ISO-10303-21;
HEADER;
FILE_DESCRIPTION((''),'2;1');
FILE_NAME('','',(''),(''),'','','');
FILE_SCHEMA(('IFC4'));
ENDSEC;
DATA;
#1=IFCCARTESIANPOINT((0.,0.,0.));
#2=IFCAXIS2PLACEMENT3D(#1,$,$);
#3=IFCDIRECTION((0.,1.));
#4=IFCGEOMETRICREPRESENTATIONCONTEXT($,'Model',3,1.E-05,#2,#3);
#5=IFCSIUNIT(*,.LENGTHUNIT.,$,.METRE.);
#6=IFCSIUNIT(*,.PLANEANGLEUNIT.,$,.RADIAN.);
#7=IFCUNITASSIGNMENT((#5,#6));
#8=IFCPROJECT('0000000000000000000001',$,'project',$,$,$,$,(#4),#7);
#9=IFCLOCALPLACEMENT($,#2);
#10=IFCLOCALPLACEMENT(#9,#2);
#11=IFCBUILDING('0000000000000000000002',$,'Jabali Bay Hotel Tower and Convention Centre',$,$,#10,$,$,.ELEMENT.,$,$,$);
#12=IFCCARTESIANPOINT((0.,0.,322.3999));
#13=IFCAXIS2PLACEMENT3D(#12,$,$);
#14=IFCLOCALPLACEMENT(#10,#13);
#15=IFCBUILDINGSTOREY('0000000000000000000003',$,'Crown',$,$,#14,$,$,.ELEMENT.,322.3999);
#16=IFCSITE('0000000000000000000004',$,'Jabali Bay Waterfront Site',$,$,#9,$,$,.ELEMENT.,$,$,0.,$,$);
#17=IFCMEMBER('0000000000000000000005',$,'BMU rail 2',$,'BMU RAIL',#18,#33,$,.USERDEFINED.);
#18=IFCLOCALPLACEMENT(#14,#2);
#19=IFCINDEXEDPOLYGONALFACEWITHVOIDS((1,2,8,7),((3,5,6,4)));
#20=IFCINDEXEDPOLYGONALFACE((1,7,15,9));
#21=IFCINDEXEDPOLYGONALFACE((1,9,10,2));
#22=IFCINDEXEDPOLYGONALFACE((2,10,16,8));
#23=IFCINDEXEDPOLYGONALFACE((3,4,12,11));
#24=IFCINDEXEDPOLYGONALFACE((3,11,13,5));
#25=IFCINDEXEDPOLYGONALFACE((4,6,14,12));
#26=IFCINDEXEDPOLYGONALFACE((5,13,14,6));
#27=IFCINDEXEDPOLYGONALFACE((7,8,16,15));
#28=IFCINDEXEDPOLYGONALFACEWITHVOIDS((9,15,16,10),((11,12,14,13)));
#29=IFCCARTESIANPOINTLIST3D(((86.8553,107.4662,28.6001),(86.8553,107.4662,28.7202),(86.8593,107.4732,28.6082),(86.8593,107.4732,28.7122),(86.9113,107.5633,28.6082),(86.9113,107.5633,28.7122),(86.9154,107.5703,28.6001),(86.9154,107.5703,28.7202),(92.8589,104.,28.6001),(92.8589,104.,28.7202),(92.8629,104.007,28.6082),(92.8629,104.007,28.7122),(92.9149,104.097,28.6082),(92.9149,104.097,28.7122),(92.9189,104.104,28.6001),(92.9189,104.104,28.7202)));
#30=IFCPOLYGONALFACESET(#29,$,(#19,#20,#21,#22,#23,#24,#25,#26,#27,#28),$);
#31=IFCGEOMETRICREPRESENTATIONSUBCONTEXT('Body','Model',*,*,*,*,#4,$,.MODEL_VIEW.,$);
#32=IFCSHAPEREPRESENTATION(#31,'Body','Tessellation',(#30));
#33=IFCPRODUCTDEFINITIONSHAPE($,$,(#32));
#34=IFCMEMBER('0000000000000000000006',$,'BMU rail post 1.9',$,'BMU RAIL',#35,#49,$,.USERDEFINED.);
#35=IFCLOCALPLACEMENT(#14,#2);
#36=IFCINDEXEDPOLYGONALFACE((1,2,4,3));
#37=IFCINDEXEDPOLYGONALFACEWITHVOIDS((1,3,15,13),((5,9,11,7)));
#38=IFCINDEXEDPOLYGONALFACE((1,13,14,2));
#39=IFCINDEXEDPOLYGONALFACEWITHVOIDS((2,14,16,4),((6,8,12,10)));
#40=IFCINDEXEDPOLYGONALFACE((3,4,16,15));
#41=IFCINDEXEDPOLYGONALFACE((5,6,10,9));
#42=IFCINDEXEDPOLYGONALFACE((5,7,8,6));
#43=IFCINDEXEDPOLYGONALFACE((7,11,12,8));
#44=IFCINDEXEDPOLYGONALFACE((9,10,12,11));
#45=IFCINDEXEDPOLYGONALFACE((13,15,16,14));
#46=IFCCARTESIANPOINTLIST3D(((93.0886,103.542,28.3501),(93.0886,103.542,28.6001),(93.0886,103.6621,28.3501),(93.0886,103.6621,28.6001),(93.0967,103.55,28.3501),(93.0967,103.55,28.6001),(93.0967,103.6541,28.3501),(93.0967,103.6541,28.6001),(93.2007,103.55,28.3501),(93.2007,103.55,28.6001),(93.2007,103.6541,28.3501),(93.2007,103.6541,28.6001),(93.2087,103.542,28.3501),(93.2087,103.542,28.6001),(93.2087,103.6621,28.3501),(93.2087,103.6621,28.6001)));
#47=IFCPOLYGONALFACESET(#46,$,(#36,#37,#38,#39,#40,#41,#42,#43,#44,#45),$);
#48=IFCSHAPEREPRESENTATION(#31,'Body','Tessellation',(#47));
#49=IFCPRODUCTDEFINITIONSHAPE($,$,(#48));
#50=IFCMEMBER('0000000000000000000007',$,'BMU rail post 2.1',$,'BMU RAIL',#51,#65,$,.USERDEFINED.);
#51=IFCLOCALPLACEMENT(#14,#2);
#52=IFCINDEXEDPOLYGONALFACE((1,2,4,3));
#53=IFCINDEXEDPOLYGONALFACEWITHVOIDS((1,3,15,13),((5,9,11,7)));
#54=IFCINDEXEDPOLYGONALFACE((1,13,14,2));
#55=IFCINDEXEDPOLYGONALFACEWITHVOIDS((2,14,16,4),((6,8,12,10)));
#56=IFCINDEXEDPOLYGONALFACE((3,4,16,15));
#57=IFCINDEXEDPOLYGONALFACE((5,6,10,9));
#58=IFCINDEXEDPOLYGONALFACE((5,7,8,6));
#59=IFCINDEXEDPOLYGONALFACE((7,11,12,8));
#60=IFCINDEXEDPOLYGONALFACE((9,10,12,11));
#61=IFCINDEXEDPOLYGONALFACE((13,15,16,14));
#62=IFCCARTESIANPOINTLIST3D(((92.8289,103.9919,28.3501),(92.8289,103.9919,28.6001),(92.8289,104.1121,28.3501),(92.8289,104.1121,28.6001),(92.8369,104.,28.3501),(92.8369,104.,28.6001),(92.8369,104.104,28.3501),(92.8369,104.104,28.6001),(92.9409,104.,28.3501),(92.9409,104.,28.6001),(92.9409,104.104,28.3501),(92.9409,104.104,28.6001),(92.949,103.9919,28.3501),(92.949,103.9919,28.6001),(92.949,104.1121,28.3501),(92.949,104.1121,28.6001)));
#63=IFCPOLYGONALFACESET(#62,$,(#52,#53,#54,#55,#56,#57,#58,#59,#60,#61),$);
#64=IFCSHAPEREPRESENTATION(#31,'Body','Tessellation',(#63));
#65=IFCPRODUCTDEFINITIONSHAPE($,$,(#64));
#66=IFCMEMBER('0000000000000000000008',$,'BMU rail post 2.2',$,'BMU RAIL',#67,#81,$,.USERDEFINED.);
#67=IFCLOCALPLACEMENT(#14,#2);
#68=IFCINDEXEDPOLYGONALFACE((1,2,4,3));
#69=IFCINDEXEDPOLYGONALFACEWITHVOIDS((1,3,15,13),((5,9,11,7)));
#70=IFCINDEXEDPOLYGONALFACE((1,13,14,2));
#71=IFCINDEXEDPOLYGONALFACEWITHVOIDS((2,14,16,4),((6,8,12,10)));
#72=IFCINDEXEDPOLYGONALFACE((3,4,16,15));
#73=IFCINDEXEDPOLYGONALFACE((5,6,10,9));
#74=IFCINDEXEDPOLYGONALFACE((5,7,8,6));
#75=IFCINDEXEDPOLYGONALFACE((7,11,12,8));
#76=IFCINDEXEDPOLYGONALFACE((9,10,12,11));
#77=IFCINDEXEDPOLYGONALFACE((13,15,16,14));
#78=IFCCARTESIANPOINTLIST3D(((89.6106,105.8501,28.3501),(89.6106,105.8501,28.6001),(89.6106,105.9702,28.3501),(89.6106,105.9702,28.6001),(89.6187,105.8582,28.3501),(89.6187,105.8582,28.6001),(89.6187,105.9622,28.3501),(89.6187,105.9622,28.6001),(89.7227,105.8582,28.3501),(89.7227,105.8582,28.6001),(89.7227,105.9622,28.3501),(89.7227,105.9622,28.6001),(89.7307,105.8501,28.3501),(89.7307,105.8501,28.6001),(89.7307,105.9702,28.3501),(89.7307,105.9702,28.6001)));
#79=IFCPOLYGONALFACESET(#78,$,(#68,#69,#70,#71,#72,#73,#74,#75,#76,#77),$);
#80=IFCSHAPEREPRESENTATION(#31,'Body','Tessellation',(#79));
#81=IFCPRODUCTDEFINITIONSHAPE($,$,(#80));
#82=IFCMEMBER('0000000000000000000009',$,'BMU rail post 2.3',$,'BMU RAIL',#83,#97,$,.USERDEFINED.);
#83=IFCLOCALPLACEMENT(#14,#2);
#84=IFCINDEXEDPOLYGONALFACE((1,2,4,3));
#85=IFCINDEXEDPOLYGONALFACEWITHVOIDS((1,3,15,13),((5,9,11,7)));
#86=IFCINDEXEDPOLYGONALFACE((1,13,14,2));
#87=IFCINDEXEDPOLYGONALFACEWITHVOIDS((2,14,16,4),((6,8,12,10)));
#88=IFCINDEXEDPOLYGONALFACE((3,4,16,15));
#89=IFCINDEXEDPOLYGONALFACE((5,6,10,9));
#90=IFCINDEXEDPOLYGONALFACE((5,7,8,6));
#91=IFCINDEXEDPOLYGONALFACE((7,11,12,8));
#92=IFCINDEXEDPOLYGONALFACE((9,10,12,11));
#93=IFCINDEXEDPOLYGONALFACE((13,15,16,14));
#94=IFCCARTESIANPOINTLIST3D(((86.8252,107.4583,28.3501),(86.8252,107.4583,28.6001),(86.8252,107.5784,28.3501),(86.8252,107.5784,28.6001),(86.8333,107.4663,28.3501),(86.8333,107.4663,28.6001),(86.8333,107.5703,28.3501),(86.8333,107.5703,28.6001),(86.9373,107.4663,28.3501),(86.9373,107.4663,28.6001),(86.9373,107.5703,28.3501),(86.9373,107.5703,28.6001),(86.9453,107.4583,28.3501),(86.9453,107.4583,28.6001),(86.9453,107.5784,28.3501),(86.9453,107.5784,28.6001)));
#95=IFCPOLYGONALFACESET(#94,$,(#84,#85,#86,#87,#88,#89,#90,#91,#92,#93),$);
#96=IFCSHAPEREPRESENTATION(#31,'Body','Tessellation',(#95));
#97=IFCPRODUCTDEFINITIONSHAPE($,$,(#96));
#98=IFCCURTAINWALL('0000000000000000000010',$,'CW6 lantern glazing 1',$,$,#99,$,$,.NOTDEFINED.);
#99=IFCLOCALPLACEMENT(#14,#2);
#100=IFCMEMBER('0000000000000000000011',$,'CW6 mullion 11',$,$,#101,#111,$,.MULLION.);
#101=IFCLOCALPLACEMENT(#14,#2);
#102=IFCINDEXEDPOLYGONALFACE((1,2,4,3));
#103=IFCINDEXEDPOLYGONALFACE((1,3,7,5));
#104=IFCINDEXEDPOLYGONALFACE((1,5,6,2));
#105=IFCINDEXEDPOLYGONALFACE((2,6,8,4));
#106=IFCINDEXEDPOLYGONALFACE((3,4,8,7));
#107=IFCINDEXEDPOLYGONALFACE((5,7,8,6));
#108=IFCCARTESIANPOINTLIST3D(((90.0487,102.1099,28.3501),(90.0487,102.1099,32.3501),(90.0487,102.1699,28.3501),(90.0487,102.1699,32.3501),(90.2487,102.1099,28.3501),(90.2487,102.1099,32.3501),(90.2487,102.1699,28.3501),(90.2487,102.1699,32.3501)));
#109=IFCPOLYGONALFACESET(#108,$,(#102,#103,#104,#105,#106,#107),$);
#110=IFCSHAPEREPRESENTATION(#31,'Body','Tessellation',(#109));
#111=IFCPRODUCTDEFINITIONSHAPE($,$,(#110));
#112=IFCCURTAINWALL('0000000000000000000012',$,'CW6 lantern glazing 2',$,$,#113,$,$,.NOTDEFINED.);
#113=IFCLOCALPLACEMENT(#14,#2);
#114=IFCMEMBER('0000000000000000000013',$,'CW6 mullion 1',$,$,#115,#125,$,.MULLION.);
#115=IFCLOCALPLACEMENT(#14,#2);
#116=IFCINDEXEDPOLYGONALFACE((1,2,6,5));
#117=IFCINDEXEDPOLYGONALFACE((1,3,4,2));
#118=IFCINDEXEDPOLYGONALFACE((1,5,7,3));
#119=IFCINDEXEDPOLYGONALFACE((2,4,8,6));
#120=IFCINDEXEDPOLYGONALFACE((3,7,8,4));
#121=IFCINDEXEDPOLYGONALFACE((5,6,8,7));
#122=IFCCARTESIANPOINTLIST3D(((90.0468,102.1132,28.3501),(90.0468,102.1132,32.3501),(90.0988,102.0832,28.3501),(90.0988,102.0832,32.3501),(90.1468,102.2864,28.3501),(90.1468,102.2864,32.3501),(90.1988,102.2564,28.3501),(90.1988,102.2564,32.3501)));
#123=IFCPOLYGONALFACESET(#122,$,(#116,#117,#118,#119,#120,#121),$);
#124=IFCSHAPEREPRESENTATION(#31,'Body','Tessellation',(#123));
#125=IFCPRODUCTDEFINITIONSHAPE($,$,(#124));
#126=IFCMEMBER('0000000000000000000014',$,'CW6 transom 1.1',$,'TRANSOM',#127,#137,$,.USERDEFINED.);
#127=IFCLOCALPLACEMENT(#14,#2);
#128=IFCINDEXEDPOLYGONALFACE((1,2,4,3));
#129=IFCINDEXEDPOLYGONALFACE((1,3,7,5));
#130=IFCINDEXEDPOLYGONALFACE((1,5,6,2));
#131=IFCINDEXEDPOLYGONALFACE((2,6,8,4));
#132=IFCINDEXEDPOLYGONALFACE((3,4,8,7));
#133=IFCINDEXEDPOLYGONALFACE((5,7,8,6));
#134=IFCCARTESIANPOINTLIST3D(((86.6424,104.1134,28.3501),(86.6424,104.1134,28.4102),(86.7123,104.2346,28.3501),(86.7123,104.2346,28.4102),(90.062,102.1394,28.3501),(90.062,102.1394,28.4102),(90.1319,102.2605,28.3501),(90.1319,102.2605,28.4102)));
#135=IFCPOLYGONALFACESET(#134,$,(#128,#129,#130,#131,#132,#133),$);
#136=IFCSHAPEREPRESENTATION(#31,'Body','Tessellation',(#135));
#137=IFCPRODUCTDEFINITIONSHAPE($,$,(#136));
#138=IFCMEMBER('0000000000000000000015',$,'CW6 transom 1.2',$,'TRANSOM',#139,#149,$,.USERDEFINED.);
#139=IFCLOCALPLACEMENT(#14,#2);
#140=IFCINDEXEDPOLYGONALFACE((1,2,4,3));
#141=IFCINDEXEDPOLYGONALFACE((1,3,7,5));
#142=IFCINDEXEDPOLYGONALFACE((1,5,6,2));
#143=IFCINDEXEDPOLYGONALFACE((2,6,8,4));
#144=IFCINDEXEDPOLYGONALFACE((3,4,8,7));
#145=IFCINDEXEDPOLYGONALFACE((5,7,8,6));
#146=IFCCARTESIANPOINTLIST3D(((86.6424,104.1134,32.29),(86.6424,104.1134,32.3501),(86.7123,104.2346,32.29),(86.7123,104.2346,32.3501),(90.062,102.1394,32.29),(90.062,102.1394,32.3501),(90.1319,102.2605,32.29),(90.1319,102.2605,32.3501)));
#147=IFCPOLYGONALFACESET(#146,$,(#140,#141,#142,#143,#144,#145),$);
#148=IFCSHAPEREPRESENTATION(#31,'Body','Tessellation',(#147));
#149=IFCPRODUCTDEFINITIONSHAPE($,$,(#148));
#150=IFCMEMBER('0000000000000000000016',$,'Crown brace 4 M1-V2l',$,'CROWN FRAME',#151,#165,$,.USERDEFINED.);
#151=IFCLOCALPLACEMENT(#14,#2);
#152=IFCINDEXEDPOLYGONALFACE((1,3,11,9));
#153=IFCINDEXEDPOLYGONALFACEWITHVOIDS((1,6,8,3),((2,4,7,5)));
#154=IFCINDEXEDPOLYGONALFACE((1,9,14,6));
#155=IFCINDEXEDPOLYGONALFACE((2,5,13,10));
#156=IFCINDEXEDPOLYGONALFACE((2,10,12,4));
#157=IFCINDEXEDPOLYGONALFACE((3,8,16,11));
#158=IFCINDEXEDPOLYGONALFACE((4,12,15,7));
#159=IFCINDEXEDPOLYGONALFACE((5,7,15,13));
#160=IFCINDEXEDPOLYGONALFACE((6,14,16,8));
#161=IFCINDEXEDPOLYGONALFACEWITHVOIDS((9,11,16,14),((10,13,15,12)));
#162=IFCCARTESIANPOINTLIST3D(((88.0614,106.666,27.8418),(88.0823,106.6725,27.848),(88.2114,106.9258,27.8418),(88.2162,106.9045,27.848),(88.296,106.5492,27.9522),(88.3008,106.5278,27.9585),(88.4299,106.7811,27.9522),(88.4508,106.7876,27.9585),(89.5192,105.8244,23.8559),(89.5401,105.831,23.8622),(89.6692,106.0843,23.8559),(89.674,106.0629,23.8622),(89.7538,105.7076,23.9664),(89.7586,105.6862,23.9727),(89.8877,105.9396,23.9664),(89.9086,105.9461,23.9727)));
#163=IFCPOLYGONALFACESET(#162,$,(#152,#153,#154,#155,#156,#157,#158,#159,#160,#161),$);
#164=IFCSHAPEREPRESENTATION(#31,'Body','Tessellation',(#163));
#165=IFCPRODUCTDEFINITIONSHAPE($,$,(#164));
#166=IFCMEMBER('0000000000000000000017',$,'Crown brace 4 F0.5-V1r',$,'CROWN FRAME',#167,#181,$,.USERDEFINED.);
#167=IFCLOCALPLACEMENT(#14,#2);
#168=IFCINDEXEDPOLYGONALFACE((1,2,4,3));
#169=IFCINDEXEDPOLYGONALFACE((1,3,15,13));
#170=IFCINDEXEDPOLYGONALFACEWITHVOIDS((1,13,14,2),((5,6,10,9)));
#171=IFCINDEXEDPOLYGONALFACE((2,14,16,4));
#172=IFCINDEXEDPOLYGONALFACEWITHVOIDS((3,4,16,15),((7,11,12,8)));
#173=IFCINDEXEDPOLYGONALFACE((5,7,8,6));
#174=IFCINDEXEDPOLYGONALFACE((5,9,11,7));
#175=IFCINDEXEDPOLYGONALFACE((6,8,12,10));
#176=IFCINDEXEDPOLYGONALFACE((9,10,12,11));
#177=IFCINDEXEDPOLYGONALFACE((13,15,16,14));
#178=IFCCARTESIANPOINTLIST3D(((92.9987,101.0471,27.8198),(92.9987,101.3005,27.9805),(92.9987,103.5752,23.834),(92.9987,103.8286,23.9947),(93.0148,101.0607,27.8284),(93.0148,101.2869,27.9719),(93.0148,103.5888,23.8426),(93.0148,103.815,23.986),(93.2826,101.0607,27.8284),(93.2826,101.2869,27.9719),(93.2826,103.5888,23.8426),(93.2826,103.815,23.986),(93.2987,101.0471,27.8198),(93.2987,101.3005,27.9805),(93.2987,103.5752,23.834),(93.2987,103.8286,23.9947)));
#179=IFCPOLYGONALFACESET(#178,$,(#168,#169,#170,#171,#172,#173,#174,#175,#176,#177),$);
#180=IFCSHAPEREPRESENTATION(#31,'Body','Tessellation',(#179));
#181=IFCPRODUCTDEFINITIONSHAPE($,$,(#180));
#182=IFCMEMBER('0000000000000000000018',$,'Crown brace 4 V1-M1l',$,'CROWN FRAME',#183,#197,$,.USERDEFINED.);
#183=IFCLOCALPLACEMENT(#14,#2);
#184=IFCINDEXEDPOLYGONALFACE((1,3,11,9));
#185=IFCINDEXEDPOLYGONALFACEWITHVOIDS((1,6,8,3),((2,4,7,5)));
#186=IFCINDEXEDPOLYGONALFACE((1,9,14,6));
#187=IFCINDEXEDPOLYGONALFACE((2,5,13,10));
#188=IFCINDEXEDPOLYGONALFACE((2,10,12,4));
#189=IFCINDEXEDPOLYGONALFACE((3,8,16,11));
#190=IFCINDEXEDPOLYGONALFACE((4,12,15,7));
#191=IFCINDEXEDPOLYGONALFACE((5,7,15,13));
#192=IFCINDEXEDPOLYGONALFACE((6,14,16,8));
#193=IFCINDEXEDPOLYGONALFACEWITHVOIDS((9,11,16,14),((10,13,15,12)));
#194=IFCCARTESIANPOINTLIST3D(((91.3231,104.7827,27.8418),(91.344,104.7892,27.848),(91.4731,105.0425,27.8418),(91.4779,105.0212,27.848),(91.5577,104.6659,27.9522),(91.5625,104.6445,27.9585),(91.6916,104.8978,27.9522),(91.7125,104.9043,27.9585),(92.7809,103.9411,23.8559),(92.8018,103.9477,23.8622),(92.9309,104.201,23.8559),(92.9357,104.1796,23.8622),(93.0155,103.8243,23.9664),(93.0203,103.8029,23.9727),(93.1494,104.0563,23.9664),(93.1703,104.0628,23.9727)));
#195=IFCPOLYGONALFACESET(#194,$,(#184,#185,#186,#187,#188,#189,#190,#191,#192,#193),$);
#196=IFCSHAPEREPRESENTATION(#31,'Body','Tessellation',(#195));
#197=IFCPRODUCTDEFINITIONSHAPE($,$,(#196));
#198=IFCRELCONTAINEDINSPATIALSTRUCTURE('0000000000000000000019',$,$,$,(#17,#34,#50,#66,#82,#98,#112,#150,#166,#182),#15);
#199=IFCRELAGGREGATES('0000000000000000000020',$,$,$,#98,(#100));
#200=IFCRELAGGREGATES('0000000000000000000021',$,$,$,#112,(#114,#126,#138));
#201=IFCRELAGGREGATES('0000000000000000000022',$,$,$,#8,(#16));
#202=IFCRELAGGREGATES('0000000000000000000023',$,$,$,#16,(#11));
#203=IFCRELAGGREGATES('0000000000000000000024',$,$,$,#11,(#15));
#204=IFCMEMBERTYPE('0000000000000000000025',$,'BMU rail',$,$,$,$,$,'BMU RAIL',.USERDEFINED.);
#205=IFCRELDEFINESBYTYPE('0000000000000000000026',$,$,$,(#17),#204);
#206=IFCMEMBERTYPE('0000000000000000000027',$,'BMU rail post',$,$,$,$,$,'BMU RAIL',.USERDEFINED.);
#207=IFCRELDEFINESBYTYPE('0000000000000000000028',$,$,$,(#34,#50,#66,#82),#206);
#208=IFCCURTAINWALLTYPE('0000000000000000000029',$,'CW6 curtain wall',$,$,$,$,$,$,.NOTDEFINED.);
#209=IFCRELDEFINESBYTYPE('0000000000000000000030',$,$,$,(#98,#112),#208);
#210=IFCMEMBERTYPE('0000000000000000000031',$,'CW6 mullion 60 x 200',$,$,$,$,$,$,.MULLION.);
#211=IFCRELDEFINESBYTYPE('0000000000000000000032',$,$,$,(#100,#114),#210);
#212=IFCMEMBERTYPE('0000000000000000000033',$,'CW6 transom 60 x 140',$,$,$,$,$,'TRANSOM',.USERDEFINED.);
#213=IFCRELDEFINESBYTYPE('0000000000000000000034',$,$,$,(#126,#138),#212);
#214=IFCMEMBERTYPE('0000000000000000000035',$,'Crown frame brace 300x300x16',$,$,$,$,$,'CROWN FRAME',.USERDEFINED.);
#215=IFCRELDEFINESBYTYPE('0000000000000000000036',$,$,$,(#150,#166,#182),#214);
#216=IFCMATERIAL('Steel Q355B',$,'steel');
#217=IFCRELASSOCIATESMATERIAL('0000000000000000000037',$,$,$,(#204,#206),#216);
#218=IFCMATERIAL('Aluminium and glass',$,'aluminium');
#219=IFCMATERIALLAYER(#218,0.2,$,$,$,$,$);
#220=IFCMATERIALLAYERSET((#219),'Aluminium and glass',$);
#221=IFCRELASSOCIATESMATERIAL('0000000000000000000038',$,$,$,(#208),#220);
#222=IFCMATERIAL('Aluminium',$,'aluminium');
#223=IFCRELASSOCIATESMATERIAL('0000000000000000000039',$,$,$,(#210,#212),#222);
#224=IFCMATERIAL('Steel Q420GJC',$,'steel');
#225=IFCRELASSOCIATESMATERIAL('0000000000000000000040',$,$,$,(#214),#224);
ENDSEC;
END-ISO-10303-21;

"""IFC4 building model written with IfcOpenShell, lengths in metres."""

from ifc_helpers import new_model, si_unit, direction, frame, origin, origin_2d, place, context, subcontext, project, spatial, rectangle, hollow_rectangle, extrude, material, layer, layer_set, material_profile, profile_set, type_object, element, aggregate, save


model = new_model("IFC4")

# Units and contexts
model_context = context("Model", 3, precision=1e-05, world=origin(), true_north=direction((0.0, 1.0)))
body_context = subcontext(model_context, "Body", "Model", "MODEL_VIEW")
ifc_project = project(units=[si_unit("LENGTHUNIT", "METRE"), si_unit("PLANEANGLEUNIT", "RADIAN")], contexts=[model_context])

# Site, building, storey
site_placement = place(None, origin())
site = spatial("IfcSite", under=ifc_project, at=site_placement, Name="Jabali Bay Waterfront Site", CompositionType="ELEMENT", RefElevation=0.0)
building_placement = place(site_placement, origin())
building = spatial("IfcBuilding", under=site, at=building_placement, Name="Jabali Bay Hotel Tower and Convention Centre", CompositionType="ELEMENT")
storey_placement = place(building_placement, frame((0.0, 0.0, 322.3999)))
storey = spatial("IfcBuildingStorey", under=building, at=storey_placement, Name="Crown", CompositionType="ELEMENT", Elevation=322.3999)

# Members
ifc_material_1 = material(Name="Steel Q355B", Category="steel")
ifc_material_profile_1 = material_profile(ifc_material_1, hollow_rectangle(XDim=0.1201, YDim=0.1201, WallThickness=0.0081, at=origin_2d()), Name="BMU rail")
ifc_profile_set_1 = profile_set([ifc_material_profile_1], Name="Steel Q355B")
member_type_1 = type_object("IfcMemberType", Name="BMU rail", ElementType="BMU RAIL", PredefinedType="USERDEFINED", material=ifc_profile_set_1)
member_1_placement = place(storey_placement, frame((92.8889, 104.052, 28.6602), z_axis=(-0.86602, 0.50001, 0.0), x_axis=(-0.50001, -0.86602, 0.0)))
element("IfcMember", 1, at=member_1_placement, inside=storey, type_object=member_type_1, Name="BMU rail 2", ObjectType="BMU RAIL", PredefinedType="USERDEFINED", context=body_context, shape_type="SweptSolid", body=[
    extrude(hollow_rectangle(XDim=0.1201, YDim=0.1201, WallThickness=0.0081, at=origin_2d()), origin(), (0.0, 0.0, 1.0), 6.9324),
])
ifc_material_profile_2 = material_profile(ifc_material_1, hollow_rectangle(XDim=0.1201, YDim=0.1201, WallThickness=0.0081, at=origin_2d()), Name="BMU rail post")
ifc_profile_set_2 = profile_set([ifc_material_profile_2], Name="Steel Q355B")
member_type_2 = type_object("IfcMemberType", Name="BMU rail post", ElementType="BMU RAIL", PredefinedType="USERDEFINED", material=ifc_profile_set_2)
for number, where, z_axis, x_axis, name in (
    (2, (93.1487, 103.6021, 28.3501), (0.0, 0.0, 1.0), (1.0, 0.0, 0.0), "BMU rail post 1.9"),
    (3, (92.8889, 104.052, 28.3501), (0.0, 0.0, 1.0), (1.0, 0.0, 0.0), "BMU rail post 2.1"),
    (4, (89.6707, 105.9102, 28.3501), (0.0, 0.0, 1.0), (1.0, 0.0, 0.0), "BMU rail post 2.2"),
    (5, (86.8853, 107.5183, 28.3501), (0.0, 0.0, 1.0), (1.0, 0.0, 0.0), "BMU rail post 2.3"),
):
    element("IfcMember", number, at=place(storey_placement, frame(where, z_axis=z_axis, x_axis=x_axis)), inside=storey, type_object=member_type_2, Name=name, ObjectType="BMU RAIL", PredefinedType="USERDEFINED", context=body_context, shape_type="SweptSolid", body=[
        extrude(hollow_rectangle(XDim=0.1201, YDim=0.1201, WallThickness=0.0081, at=origin_2d()), origin(), (0.0, 0.0, 1.0), 0.25),
    ])

# Curtain wall, member
ifc_material_2 = material(Name="Aluminium and glass", Category="aluminium")
ifc_layer_1 = layer(ifc_material_2, 0.2)
ifc_layer_set_1 = layer_set([ifc_layer_1], Name="Aluminium and glass")
curtain_wall_type = type_object("IfcCurtainWallType", Name="CW6 curtain wall", PredefinedType="NOTDEFINED", material=ifc_layer_set_1)
curtain_wall_1_placement = place(storey_placement, origin())
curtain_wall_1 = element("IfcCurtainWall", 6, at=curtain_wall_1_placement, inside=storey, type_object=curtain_wall_type, Name="CW6 lantern glazing 1", PredefinedType="NOTDEFINED")
ifc_material_3 = material(Name="Aluminium", Category="aluminium")
ifc_material_profile_3 = material_profile(ifc_material_3, rectangle(XDim=0.2, YDim=0.0601, at=origin_2d()), Name="CW6 mullion 60 x 200")
ifc_profile_set_3 = profile_set([ifc_material_profile_3], Name="Aluminium")
member_type_3 = type_object("IfcMemberType", Name="CW6 mullion 60 x 200", PredefinedType="MULLION", material=ifc_profile_set_3)
member_2_placement = place(storey_placement, frame((90.1487, 102.1399, 28.3501), z_axis=(0.0, 0.0, 1.0), x_axis=(-1.0, 0.0, 0.0)))
member_2 = element("IfcMember", 7, at=member_2_placement, type_object=member_type_3, Name="CW6 mullion 11", PredefinedType="MULLION", context=body_context, shape_type="SweptSolid", body=[
    extrude(rectangle(XDim=0.2, YDim=0.0601, at=origin_2d()), origin(), (0.0, 0.0, 1.0), 4.0),
])
aggregate(curtain_wall_1, [member_2])

# Curtain wall, members
curtain_wall_2_placement = place(storey_placement, origin())
curtain_wall_2 = element("IfcCurtainWall", 8, at=curtain_wall_2_placement, inside=storey, type_object=curtain_wall_type, Name="CW6 lantern glazing 2", PredefinedType="NOTDEFINED")
member_3_placement = place(storey_placement, frame((90.1228, 102.1848, 28.3501), z_axis=(0.0, 0.0, 1.0), x_axis=(-0.5, -0.866025, 0.0)))
member_3 = element("IfcMember", 9, at=member_3_placement, type_object=member_type_3, Name="CW6 mullion 1", PredefinedType="MULLION", context=body_context, shape_type="SweptSolid", body=[
    extrude(rectangle(XDim=0.2, YDim=0.0601, at=origin_2d()), origin(), (0.0, 0.0, 1.0), 4.0),
])
ifc_material_profile_4 = material_profile(ifc_material_3, rectangle(XDim=0.1399, YDim=0.0601, at=origin_2d()), Name="CW6 transom 60 x 140")
ifc_profile_set_4 = profile_set([ifc_material_profile_4], Name="Aluminium")
member_type_4 = type_object("IfcMemberType", Name="CW6 transom 60 x 140", ElementType="TRANSOM", PredefinedType="USERDEFINED", material=ifc_profile_set_4)
member_4_placement = place(storey_placement, frame((90.0969, 102.2, 28.3801), z_axis=(-0.866051, 0.499956, 0.0), x_axis=(-0.499956, -0.866051, 0.0)))
member_4 = element("IfcMember", 10, at=member_4_placement, type_object=member_type_4, Name="CW6 transom 1.1", ObjectType="TRANSOM", PredefinedType="USERDEFINED", context=body_context, shape_type="SweptSolid", body=[
    extrude(rectangle(XDim=0.1399, YDim=0.0601, at=origin_2d()), origin(), (0.0, 0.0, 1.0), 3.9485),
])
member_5_placement = place(storey_placement, frame((90.0969, 102.2, 32.3201), z_axis=(-0.866051, 0.499956, 0.0), x_axis=(-0.499956, -0.866051, 0.0)))
member_5 = element("IfcMember", 11, at=member_5_placement, type_object=member_type_4, Name="CW6 transom 1.2", ObjectType="TRANSOM", PredefinedType="USERDEFINED", context=body_context, shape_type="SweptSolid", body=[
    extrude(rectangle(XDim=0.1399, YDim=0.0601, at=origin_2d()), origin(), (0.0, 0.0, 1.0), 3.9485),
])

# Members
ifc_material_4 = material(Name="Steel Q420GJC", Category="steel")
ifc_material_profile_5 = material_profile(ifc_material_4, hollow_rectangle(XDim=0.3, YDim=0.3, WallThickness=0.0161, at=origin_2d()), Name="Crown frame brace 300x300x16")
ifc_profile_set_5 = profile_set([ifc_material_profile_5], Name="Steel Q420GJC")
member_type_5 = type_object("IfcMemberType", Name="Crown frame brace 300x300x16", ElementType="CROWN FRAME", PredefinedType="USERDEFINED", material=ifc_profile_set_5)
member_6_placement = place(storey_placement, frame((89.7139, 105.8853, 23.9143), z_axis=(-0.336924, 0.194503, 0.921223), x_axis=(-0.499961, -0.866048, 0.0)))
element("IfcMember", 12, at=member_6_placement, inside=storey, type_object=member_type_5, Name="Crown brace 4 M1-V2l", ObjectType="CROWN FRAME", PredefinedType="USERDEFINED", context=body_context, shape_type="SweptSolid", body=[
    extrude(hollow_rectangle(XDim=0.3, YDim=0.3, WallThickness=0.0161, at=origin_2d()), origin(), (0.0, 0.0, 1.0), 4.3267),
])
member_7_placement = place(storey_placement, frame((93.1487, 103.7019, 23.9143), z_axis=(0.0, -0.535613, 0.844463), x_axis=(1.0, 0.0, 0.0)))
element("IfcMember", 13, at=member_7_placement, inside=storey, type_object=member_type_5, Name="Crown brace 4 F0.5-V1r", ObjectType="CROWN FRAME", PredefinedType="USERDEFINED", context=body_context, shape_type="SweptSolid", body=[
    extrude(hollow_rectangle(XDim=0.3, YDim=0.3, WallThickness=0.0161, at=origin_2d()), origin(), (0.0, 0.0, 1.0), 4.72),
])
for number, where, z_axis, x_axis, name in (
    (14, (92.9756, 104.002, 23.9143), (-0.336924, 0.194503, 0.921223), (-0.499961, -0.866048, 0.0), "Crown brace 4 V1-M1l"),
):
    element("IfcMember", number, at=place(storey_placement, frame(where, z_axis=z_axis, x_axis=x_axis)), inside=storey, type_object=member_type_5, Name=name, ObjectType="CROWN FRAME", PredefinedType="USERDEFINED", context=body_context, shape_type="SweptSolid", body=[
        extrude(hollow_rectangle(XDim=0.3, YDim=0.3, WallThickness=0.0161, at=origin_2d()), origin(), (0.0, 0.0, 1.0), 4.3267),
    ])

aggregate(curtain_wall_2, [member_3, member_4, member_5])

save(model, "model.ifc")
